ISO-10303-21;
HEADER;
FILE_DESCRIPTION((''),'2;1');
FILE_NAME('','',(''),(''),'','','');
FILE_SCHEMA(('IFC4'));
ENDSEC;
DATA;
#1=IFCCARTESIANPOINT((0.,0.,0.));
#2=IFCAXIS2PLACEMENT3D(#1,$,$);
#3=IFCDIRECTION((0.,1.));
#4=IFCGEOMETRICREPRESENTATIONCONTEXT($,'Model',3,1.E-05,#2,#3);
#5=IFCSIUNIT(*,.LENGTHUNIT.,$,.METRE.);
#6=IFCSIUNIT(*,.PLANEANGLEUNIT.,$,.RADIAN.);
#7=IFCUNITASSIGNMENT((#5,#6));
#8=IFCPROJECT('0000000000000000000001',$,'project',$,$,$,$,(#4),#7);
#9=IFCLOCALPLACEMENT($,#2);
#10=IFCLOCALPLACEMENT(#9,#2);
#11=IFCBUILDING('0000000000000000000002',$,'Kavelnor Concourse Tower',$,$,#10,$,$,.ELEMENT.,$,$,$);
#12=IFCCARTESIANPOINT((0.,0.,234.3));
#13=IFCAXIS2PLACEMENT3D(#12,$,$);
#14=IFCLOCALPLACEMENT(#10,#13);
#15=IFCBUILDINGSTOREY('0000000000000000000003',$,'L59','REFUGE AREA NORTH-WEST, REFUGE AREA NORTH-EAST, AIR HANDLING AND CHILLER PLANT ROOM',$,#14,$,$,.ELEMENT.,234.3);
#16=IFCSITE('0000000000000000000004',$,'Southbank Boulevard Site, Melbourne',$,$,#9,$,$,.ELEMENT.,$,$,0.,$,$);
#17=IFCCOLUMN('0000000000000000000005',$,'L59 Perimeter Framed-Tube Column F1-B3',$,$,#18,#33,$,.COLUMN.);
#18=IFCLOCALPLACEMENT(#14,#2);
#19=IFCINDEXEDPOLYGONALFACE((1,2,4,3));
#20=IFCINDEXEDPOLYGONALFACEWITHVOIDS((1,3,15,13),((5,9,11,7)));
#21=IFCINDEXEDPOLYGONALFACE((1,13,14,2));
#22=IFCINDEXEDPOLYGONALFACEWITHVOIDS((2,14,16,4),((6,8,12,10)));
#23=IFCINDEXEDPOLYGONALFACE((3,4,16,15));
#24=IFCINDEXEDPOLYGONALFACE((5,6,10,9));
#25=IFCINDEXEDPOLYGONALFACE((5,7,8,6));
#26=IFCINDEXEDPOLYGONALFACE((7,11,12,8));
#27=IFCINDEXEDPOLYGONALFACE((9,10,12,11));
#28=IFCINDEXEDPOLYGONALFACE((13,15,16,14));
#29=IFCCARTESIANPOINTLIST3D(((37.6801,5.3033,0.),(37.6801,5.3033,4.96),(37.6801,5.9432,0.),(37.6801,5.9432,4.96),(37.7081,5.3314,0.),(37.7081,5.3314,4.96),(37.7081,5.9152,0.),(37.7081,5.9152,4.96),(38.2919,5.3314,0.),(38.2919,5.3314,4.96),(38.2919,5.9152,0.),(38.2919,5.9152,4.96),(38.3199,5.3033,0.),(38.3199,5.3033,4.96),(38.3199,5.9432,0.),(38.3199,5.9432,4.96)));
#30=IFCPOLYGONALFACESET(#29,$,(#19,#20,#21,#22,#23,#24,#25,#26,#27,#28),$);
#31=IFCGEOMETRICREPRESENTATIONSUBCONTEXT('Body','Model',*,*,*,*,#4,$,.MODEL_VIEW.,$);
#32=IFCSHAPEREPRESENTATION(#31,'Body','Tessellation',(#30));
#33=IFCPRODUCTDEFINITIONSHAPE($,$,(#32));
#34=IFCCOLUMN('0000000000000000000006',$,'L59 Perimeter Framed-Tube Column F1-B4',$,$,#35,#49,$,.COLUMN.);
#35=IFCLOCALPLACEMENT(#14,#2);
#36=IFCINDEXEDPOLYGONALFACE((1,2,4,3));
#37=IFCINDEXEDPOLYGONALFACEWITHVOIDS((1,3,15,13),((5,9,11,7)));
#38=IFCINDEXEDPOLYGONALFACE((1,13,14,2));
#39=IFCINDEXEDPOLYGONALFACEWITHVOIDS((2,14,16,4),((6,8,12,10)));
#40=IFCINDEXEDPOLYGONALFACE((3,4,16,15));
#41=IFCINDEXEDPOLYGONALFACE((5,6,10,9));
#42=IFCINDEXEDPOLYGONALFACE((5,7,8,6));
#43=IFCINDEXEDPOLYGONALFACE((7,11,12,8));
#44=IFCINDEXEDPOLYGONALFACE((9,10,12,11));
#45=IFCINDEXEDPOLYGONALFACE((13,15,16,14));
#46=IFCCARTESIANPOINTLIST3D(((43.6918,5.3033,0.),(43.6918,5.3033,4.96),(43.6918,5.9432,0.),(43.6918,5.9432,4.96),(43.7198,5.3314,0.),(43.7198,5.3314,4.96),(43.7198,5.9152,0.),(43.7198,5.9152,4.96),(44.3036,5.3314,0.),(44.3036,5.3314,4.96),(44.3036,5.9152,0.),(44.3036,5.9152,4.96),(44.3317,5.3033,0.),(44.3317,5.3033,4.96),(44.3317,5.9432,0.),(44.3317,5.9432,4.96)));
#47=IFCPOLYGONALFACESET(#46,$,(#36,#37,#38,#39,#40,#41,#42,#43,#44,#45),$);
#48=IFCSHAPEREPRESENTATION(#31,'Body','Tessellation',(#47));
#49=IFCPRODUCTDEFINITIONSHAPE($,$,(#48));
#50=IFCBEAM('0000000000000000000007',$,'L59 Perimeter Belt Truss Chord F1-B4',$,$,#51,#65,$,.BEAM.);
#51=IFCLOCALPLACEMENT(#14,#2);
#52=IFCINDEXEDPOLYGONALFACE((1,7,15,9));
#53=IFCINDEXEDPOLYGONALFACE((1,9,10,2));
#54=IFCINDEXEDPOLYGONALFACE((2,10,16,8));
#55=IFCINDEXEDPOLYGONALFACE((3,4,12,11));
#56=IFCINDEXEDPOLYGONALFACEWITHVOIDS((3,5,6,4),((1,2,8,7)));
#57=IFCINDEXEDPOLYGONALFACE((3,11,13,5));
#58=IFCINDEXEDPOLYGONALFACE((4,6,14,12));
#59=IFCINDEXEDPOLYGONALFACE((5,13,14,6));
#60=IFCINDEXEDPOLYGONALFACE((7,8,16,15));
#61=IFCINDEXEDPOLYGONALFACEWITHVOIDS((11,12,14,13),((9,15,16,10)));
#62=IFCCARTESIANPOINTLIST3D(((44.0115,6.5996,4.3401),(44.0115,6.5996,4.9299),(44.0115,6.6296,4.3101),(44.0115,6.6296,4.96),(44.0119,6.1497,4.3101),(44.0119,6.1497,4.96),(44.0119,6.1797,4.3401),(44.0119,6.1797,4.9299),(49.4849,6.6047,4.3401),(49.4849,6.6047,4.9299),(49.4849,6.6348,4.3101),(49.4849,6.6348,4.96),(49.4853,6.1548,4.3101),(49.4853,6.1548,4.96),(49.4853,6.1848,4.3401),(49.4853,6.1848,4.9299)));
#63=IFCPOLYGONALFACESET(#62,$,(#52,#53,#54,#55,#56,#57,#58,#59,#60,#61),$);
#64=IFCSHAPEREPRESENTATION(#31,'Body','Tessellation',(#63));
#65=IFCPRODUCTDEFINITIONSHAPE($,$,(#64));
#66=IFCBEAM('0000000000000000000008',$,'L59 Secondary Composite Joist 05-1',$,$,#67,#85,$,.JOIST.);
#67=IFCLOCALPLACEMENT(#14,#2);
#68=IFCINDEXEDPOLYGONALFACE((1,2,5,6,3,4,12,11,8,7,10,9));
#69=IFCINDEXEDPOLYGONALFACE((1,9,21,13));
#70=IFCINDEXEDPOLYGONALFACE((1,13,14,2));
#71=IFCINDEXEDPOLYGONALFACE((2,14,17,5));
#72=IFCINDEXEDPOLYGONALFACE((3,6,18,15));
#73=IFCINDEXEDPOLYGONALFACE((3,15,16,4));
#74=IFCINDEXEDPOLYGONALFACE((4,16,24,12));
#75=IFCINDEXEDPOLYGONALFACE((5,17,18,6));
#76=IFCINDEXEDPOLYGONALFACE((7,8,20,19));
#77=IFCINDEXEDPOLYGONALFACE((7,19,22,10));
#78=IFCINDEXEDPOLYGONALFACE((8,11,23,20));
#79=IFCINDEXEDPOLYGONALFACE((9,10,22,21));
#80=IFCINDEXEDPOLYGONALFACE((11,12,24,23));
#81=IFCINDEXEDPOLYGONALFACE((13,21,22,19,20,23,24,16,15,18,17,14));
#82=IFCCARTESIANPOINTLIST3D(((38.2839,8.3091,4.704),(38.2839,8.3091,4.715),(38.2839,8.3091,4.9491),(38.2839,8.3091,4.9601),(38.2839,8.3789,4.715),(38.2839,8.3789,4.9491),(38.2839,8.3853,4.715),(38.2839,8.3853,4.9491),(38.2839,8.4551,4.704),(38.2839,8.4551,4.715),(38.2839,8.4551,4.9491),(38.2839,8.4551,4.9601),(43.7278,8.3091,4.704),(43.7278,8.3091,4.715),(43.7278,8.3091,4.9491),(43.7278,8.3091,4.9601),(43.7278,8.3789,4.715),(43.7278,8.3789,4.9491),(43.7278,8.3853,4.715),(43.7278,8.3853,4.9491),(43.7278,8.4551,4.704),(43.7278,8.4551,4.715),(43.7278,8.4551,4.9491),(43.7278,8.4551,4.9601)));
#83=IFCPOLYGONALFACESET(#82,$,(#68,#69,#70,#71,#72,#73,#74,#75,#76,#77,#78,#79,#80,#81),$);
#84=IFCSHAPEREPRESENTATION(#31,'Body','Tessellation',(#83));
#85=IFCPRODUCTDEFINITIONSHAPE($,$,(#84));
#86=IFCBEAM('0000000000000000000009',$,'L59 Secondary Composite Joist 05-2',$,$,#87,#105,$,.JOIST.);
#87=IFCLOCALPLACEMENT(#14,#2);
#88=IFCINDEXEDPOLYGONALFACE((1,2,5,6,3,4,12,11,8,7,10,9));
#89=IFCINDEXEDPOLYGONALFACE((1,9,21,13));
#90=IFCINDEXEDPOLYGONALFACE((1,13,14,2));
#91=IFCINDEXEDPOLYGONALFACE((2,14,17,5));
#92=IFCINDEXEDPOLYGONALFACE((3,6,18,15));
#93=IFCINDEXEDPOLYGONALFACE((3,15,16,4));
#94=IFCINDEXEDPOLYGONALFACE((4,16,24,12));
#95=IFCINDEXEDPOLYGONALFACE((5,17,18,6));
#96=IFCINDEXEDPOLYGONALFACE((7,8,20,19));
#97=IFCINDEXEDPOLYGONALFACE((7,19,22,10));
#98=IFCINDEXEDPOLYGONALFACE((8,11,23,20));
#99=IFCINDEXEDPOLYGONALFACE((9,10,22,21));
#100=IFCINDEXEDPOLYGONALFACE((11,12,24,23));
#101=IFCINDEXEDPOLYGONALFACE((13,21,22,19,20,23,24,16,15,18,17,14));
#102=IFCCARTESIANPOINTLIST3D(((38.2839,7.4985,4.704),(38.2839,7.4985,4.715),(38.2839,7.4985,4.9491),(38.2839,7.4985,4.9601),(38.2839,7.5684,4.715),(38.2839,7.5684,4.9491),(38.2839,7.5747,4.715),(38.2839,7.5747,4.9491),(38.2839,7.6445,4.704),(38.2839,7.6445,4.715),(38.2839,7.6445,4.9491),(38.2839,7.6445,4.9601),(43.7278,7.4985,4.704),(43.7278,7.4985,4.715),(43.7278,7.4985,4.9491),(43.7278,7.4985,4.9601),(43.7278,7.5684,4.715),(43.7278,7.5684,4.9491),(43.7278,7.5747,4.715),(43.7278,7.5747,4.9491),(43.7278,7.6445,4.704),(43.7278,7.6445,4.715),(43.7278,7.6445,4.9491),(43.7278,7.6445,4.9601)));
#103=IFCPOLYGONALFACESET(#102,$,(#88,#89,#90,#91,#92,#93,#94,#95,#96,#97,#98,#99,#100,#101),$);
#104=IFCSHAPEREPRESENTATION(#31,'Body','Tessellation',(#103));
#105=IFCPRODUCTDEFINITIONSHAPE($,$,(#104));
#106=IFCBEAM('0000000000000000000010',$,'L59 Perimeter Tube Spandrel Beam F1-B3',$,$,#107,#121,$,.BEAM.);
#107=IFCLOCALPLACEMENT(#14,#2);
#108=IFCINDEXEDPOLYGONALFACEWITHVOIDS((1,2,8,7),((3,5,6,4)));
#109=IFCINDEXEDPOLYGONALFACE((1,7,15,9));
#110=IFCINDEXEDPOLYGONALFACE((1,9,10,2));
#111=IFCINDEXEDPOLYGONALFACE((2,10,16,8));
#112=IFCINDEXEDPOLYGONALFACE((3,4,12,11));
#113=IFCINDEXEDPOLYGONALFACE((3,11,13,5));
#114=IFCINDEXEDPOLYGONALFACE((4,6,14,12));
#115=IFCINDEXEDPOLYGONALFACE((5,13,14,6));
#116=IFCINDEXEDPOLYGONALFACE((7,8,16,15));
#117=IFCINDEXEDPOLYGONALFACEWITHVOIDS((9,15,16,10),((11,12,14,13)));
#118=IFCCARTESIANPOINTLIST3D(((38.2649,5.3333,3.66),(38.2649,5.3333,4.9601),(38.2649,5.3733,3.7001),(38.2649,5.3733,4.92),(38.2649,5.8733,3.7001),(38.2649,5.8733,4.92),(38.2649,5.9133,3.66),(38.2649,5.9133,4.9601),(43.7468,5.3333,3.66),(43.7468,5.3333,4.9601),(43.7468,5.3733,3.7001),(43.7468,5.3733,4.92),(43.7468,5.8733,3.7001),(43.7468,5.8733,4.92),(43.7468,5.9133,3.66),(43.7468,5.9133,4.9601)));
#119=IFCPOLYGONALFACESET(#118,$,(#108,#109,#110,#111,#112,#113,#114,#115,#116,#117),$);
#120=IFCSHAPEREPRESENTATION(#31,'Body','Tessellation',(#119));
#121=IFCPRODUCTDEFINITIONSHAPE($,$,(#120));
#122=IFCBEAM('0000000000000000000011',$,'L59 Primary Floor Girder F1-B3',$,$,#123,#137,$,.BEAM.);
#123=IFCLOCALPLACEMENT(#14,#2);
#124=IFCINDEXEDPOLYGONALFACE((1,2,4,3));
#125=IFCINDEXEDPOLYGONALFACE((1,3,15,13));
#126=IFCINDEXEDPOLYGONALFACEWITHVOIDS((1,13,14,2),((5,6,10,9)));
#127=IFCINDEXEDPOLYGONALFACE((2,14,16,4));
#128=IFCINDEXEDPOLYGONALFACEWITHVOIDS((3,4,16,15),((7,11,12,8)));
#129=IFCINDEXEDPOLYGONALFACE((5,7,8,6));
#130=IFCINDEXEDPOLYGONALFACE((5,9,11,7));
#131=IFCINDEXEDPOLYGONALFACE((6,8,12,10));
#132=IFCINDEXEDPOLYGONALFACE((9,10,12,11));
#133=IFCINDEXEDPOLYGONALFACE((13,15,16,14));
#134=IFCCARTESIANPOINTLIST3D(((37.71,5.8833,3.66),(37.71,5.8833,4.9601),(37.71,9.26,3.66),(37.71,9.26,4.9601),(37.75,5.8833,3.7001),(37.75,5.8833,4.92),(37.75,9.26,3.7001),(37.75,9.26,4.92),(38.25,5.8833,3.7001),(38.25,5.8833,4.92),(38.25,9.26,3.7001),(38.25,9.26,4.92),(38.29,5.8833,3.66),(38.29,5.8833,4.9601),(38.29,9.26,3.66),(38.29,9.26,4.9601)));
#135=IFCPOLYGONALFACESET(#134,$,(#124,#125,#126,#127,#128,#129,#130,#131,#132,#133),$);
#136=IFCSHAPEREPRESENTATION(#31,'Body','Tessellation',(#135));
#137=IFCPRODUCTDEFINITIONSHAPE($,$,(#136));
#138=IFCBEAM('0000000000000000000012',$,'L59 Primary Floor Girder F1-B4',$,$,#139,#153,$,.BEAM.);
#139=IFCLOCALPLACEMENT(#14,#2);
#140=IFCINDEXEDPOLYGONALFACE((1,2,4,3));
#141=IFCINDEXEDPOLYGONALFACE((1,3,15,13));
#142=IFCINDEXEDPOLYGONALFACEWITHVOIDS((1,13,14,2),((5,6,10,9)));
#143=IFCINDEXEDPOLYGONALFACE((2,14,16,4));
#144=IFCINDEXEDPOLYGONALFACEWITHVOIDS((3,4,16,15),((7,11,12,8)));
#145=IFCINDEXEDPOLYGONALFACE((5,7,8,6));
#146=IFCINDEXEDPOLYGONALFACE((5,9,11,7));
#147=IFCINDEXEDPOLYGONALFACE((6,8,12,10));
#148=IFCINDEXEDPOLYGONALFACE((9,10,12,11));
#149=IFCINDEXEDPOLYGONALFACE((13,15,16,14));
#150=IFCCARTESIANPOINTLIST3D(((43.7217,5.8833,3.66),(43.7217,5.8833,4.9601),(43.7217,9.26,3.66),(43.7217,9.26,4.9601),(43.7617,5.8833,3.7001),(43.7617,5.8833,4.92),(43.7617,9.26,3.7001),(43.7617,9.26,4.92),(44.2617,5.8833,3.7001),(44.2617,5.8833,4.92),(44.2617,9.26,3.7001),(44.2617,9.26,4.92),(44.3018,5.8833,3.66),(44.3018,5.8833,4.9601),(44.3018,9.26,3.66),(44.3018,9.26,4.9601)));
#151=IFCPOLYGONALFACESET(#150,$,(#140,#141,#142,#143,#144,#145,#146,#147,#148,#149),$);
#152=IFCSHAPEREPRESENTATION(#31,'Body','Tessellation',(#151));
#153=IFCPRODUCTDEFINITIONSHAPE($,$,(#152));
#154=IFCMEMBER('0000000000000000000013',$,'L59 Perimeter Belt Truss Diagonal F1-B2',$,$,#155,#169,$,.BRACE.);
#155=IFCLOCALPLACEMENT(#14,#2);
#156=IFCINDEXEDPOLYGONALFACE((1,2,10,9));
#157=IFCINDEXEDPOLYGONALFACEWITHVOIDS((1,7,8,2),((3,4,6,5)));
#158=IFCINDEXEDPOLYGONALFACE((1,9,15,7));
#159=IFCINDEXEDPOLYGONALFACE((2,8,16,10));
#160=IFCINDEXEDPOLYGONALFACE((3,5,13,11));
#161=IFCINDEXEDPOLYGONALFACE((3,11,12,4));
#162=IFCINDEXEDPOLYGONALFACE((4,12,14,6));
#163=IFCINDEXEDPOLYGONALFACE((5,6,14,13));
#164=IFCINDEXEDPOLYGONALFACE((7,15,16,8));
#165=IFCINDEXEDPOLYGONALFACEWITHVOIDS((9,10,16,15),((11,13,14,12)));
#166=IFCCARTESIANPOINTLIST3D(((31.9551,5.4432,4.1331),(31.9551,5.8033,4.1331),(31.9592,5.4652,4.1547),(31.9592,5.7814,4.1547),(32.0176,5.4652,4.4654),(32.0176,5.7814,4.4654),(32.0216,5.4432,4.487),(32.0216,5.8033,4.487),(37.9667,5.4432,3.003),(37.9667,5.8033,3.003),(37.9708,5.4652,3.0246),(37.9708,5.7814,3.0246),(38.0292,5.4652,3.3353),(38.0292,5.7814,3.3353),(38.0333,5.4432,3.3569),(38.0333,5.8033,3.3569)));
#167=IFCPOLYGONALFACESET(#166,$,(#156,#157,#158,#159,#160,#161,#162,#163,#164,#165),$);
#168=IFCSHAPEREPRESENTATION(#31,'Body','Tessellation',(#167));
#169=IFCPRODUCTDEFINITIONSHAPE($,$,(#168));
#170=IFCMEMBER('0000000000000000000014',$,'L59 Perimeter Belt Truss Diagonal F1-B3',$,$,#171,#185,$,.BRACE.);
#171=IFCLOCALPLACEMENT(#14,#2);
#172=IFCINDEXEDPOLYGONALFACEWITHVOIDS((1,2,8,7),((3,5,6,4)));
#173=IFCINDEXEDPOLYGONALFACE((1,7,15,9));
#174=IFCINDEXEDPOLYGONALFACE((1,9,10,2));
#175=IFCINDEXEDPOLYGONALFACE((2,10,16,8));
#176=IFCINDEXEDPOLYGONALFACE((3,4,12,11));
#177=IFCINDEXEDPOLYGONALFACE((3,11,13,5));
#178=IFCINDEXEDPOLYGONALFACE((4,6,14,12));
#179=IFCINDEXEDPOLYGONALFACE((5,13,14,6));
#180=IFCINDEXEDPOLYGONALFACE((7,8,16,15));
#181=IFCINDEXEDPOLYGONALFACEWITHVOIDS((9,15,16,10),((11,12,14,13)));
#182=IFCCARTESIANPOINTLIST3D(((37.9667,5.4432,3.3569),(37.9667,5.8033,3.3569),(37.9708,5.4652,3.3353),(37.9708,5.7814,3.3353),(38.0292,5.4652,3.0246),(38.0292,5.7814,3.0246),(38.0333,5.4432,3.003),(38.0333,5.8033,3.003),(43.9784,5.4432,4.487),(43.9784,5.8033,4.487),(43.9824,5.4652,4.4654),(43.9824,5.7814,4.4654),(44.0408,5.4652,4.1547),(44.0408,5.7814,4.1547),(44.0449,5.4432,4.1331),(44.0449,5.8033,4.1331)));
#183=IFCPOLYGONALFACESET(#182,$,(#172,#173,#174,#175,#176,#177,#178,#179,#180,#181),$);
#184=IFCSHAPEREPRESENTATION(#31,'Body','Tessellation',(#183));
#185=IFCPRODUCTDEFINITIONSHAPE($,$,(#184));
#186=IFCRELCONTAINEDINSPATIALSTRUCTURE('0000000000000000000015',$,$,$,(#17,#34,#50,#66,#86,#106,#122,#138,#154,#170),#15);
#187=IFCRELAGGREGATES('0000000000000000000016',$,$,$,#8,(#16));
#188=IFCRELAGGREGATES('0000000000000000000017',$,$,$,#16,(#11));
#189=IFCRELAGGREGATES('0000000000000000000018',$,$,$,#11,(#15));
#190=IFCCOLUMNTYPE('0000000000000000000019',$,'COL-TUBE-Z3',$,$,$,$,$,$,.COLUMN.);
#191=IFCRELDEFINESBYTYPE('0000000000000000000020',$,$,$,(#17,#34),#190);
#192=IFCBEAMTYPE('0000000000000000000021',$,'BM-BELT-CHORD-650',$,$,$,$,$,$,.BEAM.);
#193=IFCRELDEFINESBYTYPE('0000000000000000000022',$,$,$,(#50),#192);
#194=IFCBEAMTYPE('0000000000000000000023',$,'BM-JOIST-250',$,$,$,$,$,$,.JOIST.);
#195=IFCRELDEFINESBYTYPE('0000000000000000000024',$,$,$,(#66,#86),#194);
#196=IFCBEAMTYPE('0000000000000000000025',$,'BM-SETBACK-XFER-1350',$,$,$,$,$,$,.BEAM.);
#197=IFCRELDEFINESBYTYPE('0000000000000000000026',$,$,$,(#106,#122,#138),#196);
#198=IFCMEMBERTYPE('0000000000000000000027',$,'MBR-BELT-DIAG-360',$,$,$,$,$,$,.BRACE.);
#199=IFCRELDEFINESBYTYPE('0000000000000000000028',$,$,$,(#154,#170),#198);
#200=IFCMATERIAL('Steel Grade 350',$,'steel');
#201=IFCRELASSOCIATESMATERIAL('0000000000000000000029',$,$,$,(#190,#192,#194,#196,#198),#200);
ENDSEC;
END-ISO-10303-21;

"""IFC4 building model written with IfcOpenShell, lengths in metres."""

from ifc_helpers import new_model, si_unit, direction, frame, origin, origin_2d, place, context, subcontext, project, spatial, hollow_rectangle, i_section, extrude, material, material_profile, profile_set, type_object, element, save


model = new_model("IFC4")

# Units and contexts
model_context = context("Model", 3, precision=1e-05, world=origin(), true_north=direction((0.0, 1.0)))
body_context = subcontext(model_context, "Body", "Model", "MODEL_VIEW")
ifc_project = project(units=[si_unit("LENGTHUNIT", "METRE"), si_unit("PLANEANGLEUNIT", "RADIAN")], contexts=[model_context])

# Site, building, storey
site_placement = place(None, origin())
site = spatial("IfcSite", under=ifc_project, at=site_placement, Name="Southbank Boulevard Site, Melbourne", CompositionType="ELEMENT", RefElevation=0.0)
building_placement = place(site_placement, origin())
building = spatial("IfcBuilding", under=site, at=building_placement, Name="Kavelnor Concourse Tower", CompositionType="ELEMENT")
storey_placement = place(building_placement, frame((0.0, 0.0, 234.3)))
storey = spatial("IfcBuildingStorey", under=building, at=storey_placement, Name="L59", Description="REFUGE AREA NORTH-WEST, REFUGE AREA NORTH-EAST, AIR HANDLING AND CHILLER PLANT ROOM", CompositionType="ELEMENT", Elevation=234.3)

# Columns
ifc_material_1 = material(Name="Steel Grade 350", Category="steel")
ifc_material_profile_1 = material_profile(ifc_material_1, hollow_rectangle(XDim=0.6399, YDim=0.6399, WallThickness=0.0281, at=origin_2d()), Name="SHS 640x640x28")
ifc_profile_set_1 = profile_set([ifc_material_profile_1], Name="Steel Grade 350")
column_type = type_object("IfcColumnType", Name="COL-TUBE-Z3", PredefinedType="COLUMN", material=ifc_profile_set_1)
for number, where, z_axis, x_axis, name in (
    (1, (38.0, 5.6233, 0.0), (0.0, 0.0, 1.0), (1.0, 0.0, 0.0), "L59 Perimeter Framed-Tube Column F1-B3"),
    (2, (44.0117, 5.6233, 0.0), (0.0, 0.0, 1.0), (1.0, 0.0, 0.0), "L59 Perimeter Framed-Tube Column F1-B4"),
):
    element("IfcColumn", number, at=place(storey_placement, frame(where, z_axis=z_axis, x_axis=x_axis)), inside=storey, type_object=column_type, Name=name, PredefinedType="COLUMN", context=body_context, shape_type="SweptSolid", body=[
        extrude(hollow_rectangle(XDim=0.6399, YDim=0.6399, WallThickness=0.0281, at=origin_2d()), origin(), (0.0, 0.0, 1.0), 4.96),
    ])

# Beams
ifc_material_profile_2 = material_profile(ifc_material_1, hollow_rectangle(XDim=0.48, YDim=0.6499, WallThickness=0.03, at=origin_2d()), Name="RHS 650x480x30")
ifc_profile_set_2 = profile_set([ifc_material_profile_2], Name="Steel Grade 350")
beam_type_1 = type_object("IfcBeamType", Name="BM-BELT-CHORD-650", PredefinedType="BEAM", material=ifc_profile_set_2)
beam_1_placement = place(storey_placement, frame((44.0117, 6.3896, 4.635), z_axis=(1.0, 0.000937, 0.0), x_axis=(-0.000937, 1.0, 0.0)))
element("IfcBeam", 3, at=beam_1_placement, inside=storey, type_object=beam_type_1, Name="L59 Perimeter Belt Truss Chord F1-B4", PredefinedType="BEAM", context=body_context, shape_type="SweptSolid", body=[
    extrude(hollow_rectangle(XDim=0.48, YDim=0.6499, WallThickness=0.03, at=origin_2d()), origin(), (0.0, 0.0, 1.0), 5.4734),
])
ifc_material_profile_3 = material_profile(ifc_material_1, i_section(OverallWidth=0.146, OverallDepth=0.2561, WebThickness=0.0063, FlangeThickness=0.011, at=origin_2d()), Name="250UB37")
ifc_profile_set_3 = profile_set([ifc_material_profile_3], Name="Steel Grade 350")
beam_type_2 = type_object("IfcBeamType", Name="BM-JOIST-250", PredefinedType="JOIST", material=ifc_profile_set_3)
for number, where, z_axis, x_axis, name in (
    (4, (38.2839, 8.3821, 4.832), (1.0, 0.0, 0.0), (0.0, 1.0, 0.0), "L59 Secondary Composite Joist 05-1"),
    (5, (38.2839, 7.5715, 4.832), (1.0, 0.0, 0.0), (0.0, 1.0, 0.0), "L59 Secondary Composite Joist 05-2"),
):
    element("IfcBeam", number, at=place(storey_placement, frame(where, z_axis=z_axis, x_axis=x_axis)), inside=storey, type_object=beam_type_2, Name=name, PredefinedType="JOIST", context=body_context, shape_type="SweptSolid", body=[
        extrude(i_section(OverallWidth=0.146, OverallDepth=0.2561, WebThickness=0.0063, FlangeThickness=0.011, at=origin_2d()), origin(), (0.0, 0.0, 1.0), 5.4438),
    ])
ifc_material_profile_4 = material_profile(ifc_material_1, hollow_rectangle(XDim=0.5801, YDim=1.3, WallThickness=0.04, at=origin_2d()), Name="RHS 1300x580x40")
ifc_profile_set_4 = profile_set([ifc_material_profile_4], Name="Steel Grade 350")
beam_type_3 = type_object("IfcBeamType", Name="BM-SETBACK-XFER-1350", PredefinedType="BEAM", material=ifc_profile_set_4)
beam_2_placement = place(storey_placement, frame((38.2649, 5.6233, 4.3101), z_axis=(1.0, 0.0, 0.0), x_axis=(0.0, 1.0, 0.0)))
element("IfcBeam", 6, at=beam_2_placement, inside=storey, type_object=beam_type_3, Name="L59 Perimeter Tube Spandrel Beam F1-B3", PredefinedType="BEAM", context=body_context, shape_type="SweptSolid", body=[
    extrude(hollow_rectangle(XDim=0.5801, YDim=1.3, WallThickness=0.04, at=origin_2d()), origin(), (0.0, 0.0, 1.0), 5.4819),
])
for number, where, z_axis, x_axis, name in (
    (7, (38.0, 9.26, 4.3101), (0.0, -1.0, 0.0), (1.0, 0.0, 0.0), "L59 Primary Floor Girder F1-B3"),
    (8, (44.0117, 9.26, 4.3101), (0.0, -1.0, 0.0), (1.0, 0.0, 0.0), "L59 Primary Floor Girder F1-B4"),
):
    element("IfcBeam", number, at=place(storey_placement, frame(where, z_axis=z_axis, x_axis=x_axis)), inside=storey, type_object=beam_type_3, Name=name, PredefinedType="BEAM", context=body_context, shape_type="SweptSolid", body=[
        extrude(hollow_rectangle(XDim=0.5801, YDim=1.3, WallThickness=0.04, at=origin_2d()), origin(), (0.0, 0.0, 1.0), 3.3767),
    ])

# Members
ifc_material_profile_5 = material_profile(ifc_material_1, hollow_rectangle(XDim=0.3601, YDim=0.3601, WallThickness=0.022, at=origin_2d()), Name="SHS 360x360x22")
ifc_profile_set_5 = profile_set([ifc_material_profile_5], Name="Steel Grade 350")
member_type = type_object("IfcMemberType", Name="MBR-BELT-DIAG-360", PredefinedType="BRACE", material=ifc_profile_set_5)
for number, where, z_axis, x_axis, name in (
    (9, (38.0, 5.6233, 3.1799), (-0.982785, 0.0, 0.184751), (0.0, -1.0, 0.0), "L59 Perimeter Belt Truss Diagonal F1-B2"),
    (10, (38.0, 5.6233, 3.1799), (0.982785, 0.0, 0.184751), (0.0, 1.0, 0.0), "L59 Perimeter Belt Truss Diagonal F1-B3"),
):
    element("IfcMember", number, at=place(storey_placement, frame(where, z_axis=z_axis, x_axis=x_axis)), inside=storey, type_object=member_type, Name=name, PredefinedType="BRACE", context=body_context, shape_type="SweptSolid", body=[
        extrude(hollow_rectangle(XDim=0.3601, YDim=0.3601, WallThickness=0.022, at=origin_2d()), origin(), (0.0, 0.0, 1.0), 6.1169),
    ])

save(model, "model.ifc")
